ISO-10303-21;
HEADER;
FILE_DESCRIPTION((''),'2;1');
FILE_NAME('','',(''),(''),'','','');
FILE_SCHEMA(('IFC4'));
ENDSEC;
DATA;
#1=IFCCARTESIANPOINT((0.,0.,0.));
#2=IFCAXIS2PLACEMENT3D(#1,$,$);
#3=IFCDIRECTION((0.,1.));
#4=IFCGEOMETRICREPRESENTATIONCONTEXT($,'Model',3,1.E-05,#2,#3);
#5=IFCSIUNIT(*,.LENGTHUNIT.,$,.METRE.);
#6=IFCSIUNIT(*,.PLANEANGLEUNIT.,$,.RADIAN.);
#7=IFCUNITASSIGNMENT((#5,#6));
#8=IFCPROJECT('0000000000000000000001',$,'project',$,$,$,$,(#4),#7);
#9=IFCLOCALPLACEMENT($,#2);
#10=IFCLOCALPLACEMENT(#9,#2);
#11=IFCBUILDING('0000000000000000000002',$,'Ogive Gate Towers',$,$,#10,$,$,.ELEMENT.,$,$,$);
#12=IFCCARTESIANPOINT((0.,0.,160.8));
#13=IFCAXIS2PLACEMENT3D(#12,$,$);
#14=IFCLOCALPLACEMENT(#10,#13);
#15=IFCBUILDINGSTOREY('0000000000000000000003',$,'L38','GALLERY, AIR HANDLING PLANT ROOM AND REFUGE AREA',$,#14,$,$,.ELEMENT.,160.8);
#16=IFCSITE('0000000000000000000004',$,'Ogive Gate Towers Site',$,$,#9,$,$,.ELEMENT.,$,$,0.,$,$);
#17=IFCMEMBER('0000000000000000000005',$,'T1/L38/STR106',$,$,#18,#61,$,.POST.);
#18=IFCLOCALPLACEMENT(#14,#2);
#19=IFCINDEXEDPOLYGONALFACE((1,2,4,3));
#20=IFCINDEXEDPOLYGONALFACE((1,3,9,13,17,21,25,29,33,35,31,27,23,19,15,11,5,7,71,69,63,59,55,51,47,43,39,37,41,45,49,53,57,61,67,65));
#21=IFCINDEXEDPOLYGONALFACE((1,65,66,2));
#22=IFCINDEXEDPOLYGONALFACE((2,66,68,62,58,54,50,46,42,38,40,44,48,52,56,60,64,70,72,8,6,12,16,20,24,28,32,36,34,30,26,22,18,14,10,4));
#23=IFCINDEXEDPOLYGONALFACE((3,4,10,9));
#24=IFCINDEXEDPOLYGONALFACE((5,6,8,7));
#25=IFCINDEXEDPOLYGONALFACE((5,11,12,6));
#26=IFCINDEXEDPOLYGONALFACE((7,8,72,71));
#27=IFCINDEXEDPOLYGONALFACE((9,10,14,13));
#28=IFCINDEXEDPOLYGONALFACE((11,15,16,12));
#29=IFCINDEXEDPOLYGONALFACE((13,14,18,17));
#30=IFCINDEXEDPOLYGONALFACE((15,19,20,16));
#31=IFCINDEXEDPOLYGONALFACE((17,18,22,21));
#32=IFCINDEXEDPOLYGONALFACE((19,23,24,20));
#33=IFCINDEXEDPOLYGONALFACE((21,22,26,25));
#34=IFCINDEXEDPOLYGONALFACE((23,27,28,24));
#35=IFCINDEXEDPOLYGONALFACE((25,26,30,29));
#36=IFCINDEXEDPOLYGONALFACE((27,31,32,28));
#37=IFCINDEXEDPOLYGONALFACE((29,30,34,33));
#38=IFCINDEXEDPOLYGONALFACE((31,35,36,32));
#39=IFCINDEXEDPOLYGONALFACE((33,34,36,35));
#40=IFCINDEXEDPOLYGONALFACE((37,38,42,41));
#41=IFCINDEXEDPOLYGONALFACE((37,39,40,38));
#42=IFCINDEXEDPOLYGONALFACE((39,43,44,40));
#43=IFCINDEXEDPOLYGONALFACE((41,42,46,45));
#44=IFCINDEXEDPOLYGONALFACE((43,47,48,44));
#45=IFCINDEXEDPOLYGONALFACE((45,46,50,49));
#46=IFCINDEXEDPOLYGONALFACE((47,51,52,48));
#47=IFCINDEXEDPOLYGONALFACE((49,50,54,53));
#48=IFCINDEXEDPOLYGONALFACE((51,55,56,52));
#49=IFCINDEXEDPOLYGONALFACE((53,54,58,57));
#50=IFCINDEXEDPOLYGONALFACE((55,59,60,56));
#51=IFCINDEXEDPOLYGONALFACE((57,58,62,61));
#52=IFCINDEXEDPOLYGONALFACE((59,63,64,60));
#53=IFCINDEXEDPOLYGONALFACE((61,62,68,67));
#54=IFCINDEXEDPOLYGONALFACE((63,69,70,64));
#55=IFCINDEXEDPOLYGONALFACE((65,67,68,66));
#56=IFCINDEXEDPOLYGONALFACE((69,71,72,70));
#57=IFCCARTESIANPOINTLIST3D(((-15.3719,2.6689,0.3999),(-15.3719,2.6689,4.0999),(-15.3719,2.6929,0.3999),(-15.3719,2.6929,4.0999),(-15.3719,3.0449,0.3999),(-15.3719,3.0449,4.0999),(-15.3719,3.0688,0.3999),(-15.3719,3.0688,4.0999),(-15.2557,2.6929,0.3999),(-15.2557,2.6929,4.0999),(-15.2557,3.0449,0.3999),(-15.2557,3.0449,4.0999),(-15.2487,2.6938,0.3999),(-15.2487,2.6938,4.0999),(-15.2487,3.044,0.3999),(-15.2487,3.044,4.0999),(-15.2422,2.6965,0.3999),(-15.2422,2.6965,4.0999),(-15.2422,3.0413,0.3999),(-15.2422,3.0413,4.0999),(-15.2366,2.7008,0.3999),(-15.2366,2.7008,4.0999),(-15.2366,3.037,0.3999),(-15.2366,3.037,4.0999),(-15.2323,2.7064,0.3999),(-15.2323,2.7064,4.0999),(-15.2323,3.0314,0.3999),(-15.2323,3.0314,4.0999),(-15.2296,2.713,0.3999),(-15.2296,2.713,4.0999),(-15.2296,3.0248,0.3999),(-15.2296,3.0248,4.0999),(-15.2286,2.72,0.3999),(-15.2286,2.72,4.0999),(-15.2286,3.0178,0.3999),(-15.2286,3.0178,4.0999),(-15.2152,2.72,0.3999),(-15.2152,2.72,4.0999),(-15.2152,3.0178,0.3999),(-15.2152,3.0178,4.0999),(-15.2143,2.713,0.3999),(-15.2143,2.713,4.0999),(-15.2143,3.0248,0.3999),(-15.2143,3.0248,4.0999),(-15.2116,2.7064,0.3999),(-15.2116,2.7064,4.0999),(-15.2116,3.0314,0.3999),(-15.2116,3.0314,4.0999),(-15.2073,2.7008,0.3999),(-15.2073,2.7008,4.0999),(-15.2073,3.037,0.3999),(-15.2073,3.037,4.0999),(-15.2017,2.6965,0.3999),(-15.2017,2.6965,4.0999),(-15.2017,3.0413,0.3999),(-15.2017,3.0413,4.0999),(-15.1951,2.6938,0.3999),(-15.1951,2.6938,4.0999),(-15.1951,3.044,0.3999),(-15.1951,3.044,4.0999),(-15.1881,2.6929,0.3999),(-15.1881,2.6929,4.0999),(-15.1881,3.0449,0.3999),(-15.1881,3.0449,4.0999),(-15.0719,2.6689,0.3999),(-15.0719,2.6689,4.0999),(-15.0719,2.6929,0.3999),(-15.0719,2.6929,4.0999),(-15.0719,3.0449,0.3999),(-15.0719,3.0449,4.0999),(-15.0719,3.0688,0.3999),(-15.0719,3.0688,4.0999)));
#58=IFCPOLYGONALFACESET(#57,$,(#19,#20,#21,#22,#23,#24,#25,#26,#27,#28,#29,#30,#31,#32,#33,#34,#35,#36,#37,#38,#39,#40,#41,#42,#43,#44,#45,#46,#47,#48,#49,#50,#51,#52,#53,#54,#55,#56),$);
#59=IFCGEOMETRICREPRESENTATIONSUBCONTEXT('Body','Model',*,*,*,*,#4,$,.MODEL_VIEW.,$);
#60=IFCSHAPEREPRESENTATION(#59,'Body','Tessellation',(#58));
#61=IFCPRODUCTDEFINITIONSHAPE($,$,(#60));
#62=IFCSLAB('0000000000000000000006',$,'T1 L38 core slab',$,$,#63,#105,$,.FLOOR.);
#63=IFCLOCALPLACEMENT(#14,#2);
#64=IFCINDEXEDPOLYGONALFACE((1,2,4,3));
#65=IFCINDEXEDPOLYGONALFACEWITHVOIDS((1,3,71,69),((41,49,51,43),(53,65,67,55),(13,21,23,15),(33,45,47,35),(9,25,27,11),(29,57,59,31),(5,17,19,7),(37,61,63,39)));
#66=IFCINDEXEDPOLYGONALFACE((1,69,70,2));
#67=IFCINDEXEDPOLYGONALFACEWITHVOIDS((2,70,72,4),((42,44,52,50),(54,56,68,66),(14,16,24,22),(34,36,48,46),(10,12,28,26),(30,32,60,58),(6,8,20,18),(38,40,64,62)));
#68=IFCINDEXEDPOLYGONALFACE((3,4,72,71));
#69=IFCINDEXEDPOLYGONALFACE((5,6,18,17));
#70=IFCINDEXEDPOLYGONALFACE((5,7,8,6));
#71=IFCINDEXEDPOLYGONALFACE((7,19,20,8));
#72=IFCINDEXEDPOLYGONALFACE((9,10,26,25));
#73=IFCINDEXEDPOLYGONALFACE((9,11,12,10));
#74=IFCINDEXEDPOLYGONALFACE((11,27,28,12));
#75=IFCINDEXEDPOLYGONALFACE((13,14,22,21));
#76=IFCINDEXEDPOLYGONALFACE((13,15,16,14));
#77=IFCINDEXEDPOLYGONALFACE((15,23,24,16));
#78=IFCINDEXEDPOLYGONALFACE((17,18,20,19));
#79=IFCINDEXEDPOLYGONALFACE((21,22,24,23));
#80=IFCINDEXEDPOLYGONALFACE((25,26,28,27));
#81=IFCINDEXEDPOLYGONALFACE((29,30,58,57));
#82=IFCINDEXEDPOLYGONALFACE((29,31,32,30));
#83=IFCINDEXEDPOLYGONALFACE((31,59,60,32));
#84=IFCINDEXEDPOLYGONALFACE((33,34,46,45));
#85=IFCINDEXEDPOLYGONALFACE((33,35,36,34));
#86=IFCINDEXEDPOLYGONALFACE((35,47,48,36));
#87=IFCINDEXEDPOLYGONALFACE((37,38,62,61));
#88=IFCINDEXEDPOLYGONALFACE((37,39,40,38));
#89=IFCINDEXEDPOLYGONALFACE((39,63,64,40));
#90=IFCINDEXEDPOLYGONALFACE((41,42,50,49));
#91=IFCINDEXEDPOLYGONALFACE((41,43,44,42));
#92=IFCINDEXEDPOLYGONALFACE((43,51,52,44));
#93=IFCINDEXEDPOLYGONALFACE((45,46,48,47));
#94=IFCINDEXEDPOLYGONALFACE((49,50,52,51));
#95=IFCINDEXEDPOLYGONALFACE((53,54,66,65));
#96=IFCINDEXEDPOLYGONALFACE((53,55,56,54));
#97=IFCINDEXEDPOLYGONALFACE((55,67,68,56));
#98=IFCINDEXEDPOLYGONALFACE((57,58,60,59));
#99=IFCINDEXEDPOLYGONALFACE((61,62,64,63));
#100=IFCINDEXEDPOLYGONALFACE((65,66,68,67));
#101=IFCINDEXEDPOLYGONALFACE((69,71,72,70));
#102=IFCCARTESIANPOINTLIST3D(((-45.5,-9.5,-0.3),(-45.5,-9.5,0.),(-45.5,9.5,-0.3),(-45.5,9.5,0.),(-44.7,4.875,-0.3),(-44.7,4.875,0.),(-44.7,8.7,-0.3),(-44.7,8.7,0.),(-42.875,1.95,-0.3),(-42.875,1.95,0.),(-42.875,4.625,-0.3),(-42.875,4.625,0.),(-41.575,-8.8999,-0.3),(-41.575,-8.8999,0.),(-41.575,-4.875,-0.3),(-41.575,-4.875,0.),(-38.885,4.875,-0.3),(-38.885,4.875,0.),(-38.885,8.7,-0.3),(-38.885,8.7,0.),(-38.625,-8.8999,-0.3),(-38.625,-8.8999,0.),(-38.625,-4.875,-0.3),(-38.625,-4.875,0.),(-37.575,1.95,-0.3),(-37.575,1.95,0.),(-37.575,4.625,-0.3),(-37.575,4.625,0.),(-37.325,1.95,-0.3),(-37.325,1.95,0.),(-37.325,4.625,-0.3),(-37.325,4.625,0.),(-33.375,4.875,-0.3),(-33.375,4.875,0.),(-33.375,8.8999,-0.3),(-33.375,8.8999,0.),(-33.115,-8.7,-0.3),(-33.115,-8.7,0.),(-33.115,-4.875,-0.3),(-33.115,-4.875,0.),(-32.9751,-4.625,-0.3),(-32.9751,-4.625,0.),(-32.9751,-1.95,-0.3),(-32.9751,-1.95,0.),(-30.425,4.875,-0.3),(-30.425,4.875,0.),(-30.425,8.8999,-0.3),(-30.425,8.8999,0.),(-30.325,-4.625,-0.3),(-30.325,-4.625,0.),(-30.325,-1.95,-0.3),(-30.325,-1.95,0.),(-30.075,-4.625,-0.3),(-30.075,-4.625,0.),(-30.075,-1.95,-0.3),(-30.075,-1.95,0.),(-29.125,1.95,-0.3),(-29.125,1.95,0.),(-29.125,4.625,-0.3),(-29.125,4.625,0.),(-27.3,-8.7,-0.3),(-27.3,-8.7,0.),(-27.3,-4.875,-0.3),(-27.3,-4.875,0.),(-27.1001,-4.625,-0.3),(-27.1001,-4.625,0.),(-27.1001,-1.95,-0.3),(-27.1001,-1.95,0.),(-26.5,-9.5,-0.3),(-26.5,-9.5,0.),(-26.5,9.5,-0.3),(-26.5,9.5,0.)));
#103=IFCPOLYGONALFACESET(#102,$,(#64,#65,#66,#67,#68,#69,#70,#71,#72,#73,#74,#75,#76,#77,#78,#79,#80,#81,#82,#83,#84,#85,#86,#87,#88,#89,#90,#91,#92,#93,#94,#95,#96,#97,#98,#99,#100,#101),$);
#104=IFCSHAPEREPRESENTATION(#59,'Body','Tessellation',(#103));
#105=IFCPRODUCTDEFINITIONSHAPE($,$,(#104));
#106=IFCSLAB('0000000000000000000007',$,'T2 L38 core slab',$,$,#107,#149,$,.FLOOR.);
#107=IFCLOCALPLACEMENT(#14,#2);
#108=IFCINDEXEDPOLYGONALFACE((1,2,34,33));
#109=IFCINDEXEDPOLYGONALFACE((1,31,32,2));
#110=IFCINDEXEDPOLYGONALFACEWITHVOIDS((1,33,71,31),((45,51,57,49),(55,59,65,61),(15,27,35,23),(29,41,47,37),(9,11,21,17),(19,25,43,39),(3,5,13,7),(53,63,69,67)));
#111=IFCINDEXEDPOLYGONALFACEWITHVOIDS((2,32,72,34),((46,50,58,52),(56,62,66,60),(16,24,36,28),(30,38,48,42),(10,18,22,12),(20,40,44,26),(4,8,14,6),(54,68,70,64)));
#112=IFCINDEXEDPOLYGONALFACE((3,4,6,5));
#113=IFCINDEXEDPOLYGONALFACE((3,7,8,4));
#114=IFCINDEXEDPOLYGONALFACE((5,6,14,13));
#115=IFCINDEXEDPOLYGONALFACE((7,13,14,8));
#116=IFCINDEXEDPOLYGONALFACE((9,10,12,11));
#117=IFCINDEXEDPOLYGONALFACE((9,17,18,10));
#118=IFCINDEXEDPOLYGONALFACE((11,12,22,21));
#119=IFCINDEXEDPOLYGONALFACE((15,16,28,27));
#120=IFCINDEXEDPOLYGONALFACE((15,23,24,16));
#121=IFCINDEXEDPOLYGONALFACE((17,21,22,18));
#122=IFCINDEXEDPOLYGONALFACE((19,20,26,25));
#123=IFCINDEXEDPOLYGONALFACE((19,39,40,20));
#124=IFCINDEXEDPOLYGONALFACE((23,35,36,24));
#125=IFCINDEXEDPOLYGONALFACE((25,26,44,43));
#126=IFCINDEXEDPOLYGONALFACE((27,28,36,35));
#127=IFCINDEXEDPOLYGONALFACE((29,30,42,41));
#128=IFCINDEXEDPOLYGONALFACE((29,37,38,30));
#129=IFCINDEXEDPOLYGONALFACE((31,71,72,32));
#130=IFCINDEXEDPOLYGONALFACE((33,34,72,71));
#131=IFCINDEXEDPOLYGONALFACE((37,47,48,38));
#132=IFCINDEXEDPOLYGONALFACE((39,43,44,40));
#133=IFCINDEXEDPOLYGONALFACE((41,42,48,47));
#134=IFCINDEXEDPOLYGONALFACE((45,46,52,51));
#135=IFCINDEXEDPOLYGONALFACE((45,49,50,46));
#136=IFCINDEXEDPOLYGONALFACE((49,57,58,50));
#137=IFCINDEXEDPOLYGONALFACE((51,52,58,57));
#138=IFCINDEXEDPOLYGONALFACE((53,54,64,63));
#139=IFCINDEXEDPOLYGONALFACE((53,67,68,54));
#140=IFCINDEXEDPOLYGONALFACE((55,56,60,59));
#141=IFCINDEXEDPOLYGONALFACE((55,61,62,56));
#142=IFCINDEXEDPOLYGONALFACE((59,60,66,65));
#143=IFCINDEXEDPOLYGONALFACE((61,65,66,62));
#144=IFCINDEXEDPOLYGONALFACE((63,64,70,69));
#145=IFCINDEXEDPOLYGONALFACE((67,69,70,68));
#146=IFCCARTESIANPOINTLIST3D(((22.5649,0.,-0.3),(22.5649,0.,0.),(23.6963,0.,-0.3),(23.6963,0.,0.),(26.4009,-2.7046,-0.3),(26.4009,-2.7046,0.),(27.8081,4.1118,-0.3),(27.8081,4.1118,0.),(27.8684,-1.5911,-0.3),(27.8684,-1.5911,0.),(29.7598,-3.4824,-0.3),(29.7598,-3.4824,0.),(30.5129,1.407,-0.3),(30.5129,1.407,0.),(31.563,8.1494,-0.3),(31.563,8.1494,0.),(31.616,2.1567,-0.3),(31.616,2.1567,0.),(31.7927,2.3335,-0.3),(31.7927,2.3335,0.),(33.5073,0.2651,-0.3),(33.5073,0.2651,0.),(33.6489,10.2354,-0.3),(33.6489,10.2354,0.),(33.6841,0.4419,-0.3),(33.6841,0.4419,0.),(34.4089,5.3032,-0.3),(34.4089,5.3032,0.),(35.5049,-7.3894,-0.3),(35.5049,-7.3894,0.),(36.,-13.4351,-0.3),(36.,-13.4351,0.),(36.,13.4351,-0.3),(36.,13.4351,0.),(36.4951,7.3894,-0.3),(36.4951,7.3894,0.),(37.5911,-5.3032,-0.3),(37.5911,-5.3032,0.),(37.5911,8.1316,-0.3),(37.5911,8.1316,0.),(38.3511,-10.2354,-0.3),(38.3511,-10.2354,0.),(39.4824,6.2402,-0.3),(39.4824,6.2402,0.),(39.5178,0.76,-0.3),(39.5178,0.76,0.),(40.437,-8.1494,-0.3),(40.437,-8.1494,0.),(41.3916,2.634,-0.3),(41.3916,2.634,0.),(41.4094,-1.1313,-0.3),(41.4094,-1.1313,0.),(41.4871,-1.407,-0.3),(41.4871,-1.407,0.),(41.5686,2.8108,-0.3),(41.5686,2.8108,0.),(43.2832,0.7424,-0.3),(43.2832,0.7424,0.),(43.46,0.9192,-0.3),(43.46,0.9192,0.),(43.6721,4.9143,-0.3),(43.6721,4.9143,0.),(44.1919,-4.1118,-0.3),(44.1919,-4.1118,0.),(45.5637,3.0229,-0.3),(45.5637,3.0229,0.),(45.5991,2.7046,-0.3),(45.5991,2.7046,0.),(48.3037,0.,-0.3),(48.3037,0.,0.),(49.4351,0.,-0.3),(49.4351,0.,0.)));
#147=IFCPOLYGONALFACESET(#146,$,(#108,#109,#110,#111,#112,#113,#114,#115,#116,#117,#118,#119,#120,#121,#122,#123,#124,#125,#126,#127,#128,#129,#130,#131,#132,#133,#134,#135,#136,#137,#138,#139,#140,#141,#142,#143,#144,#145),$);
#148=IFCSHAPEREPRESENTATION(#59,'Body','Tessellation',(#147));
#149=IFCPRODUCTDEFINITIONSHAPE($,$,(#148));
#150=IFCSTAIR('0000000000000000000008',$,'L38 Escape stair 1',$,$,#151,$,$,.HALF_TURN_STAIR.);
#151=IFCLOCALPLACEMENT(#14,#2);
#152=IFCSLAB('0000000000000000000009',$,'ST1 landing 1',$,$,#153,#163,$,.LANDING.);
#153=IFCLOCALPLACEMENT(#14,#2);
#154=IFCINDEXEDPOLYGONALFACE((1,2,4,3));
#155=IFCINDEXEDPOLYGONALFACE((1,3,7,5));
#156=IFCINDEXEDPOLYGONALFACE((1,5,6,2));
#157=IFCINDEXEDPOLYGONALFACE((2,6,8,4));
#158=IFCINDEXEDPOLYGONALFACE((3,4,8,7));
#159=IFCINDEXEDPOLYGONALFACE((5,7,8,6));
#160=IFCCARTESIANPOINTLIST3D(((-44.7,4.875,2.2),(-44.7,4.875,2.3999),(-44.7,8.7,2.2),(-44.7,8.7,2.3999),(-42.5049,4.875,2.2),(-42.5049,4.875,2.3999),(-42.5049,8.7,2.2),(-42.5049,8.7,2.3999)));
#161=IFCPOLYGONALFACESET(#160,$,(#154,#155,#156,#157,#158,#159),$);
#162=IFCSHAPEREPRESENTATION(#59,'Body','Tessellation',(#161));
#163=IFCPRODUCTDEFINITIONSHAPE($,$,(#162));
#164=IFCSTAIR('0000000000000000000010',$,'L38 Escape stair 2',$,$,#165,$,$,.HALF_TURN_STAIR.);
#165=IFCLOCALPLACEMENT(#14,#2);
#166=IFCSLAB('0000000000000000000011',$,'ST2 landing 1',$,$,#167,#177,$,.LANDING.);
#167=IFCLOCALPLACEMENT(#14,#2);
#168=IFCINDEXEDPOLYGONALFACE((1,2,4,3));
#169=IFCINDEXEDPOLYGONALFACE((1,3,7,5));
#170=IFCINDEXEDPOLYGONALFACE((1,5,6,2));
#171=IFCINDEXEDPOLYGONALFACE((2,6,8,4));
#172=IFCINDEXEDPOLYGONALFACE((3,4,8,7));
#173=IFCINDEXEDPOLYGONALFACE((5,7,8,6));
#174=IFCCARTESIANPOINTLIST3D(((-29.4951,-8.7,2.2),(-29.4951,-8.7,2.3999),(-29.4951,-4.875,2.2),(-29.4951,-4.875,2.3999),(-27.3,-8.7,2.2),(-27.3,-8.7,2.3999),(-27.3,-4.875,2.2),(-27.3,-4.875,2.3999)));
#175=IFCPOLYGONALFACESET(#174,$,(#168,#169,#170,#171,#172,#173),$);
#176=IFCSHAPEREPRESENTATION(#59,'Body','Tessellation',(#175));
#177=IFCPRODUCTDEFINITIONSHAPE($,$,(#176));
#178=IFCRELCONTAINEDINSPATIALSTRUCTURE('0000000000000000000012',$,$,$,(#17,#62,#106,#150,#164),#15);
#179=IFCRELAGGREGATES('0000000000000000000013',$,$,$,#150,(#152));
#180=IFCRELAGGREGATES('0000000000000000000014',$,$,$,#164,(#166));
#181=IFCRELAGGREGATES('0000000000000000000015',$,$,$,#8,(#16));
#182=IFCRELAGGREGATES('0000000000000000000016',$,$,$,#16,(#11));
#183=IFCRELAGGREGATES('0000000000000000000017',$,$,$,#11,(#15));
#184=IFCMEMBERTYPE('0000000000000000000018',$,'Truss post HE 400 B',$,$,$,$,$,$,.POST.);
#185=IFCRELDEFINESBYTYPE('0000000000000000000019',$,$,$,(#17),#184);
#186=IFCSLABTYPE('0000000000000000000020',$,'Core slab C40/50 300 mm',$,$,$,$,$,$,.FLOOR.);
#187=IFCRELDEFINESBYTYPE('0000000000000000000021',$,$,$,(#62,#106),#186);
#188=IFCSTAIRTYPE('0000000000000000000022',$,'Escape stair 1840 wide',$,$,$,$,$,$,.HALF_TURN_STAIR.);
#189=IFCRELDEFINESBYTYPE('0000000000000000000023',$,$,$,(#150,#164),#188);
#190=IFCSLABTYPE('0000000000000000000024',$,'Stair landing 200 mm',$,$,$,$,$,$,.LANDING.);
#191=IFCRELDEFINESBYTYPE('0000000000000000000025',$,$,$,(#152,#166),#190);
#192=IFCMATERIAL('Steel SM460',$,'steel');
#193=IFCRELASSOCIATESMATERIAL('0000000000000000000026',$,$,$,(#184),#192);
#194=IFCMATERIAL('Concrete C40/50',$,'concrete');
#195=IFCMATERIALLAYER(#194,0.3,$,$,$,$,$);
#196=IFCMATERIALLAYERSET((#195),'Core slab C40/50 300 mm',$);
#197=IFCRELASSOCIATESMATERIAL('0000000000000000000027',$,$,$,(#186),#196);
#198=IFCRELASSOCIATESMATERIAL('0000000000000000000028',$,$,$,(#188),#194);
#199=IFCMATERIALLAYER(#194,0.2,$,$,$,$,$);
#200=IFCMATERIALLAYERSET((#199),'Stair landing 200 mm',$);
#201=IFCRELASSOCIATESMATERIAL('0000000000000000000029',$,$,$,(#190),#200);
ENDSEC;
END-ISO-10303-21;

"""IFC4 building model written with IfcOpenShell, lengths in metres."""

from ifc_helpers import new_model, si_unit, direction, frame, origin, origin_2d, place, context, subcontext, project, spatial, polyline, i_section, outline, extrude, material, layer, layer_set, material_profile, profile_set, type_object, element, aggregate, save


model = new_model("IFC4")

# Units and contexts
model_context = context("Model", 3, precision=1e-05, world=origin(), true_north=direction((0.0, 1.0)))
body_context = subcontext(model_context, "Body", "Model", "MODEL_VIEW")
ifc_project = project(units=[si_unit("LENGTHUNIT", "METRE"), si_unit("PLANEANGLEUNIT", "RADIAN")], contexts=[model_context])

# Site, building, storey
site_placement = place(None, origin())
site = spatial("IfcSite", under=ifc_project, at=site_placement, Name="Ogive Gate Towers Site", CompositionType="ELEMENT", RefElevation=0.0)
building_placement = place(site_placement, origin())
building = spatial("IfcBuilding", under=site, at=building_placement, Name="Ogive Gate Towers", CompositionType="ELEMENT")
storey_placement = place(building_placement, frame((0.0, 0.0, 160.8)))
storey = spatial("IfcBuildingStorey", under=building, at=storey_placement, Name="L38", Description="GALLERY, AIR HANDLING PLANT ROOM AND REFUGE AREA", CompositionType="ELEMENT", Elevation=160.8)

# Shared definitions
ifc_material_1 = material(Name="Steel SM460", Category="steel")

# Member
ifc_material_profile_1 = material_profile(ifc_material_1, i_section(OverallWidth=0.3, OverallDepth=0.3999, WebThickness=0.0134, FlangeThickness=0.0239, FilletRadius=0.0271, at=origin_2d()), Name="HE 400 B")
ifc_profile_set_1 = profile_set([ifc_material_profile_1], Name="Steel SM460")
member_type_1 = type_object("IfcMemberType", Name="Truss post HE 400 B", PredefinedType="POST", material=ifc_profile_set_1)
member_1_placement = place(storey_placement, frame((-15.2219, 2.8689, 0.3999), z_axis=(0.0, 0.0, 1.0), x_axis=(1.0, 0.0, 0.0)))
element("IfcMember", 1, at=member_1_placement, inside=storey, type_object=member_type_1, Name="T1/L38/STR106", PredefinedType="POST", context=body_context, shape_type="SweptSolid", body=[
    extrude(i_section(OverallWidth=0.3, OverallDepth=0.3999, WebThickness=0.0134, FlangeThickness=0.0239, FilletRadius=0.0271, at=origin_2d()), origin(), (0.0, 0.0, 1.0), 3.7),
])

# Slabs
ifc_material_2 = material(Name="Concrete C40/50", Category="concrete")
ifc_layer_1 = layer(ifc_material_2, 0.3)
ifc_layer_set_1 = layer_set([ifc_layer_1], Name="Core slab C40/50 300 mm")
slab_type_1 = type_object("IfcSlabType", Name="Core slab C40/50 300 mm", PredefinedType="FLOOR", material=ifc_layer_set_1)
slab_1_placement = place(storey_placement, frame((0.0, 0.0, -0.3)))
element("IfcSlab", 2, at=slab_1_placement, inside=storey, type_object=slab_type_1, Name="T1 L38 core slab", PredefinedType="FLOOR", context=body_context, shape_type="SweptSolid", body=[
    extrude(outline(polyline([(-45.5, -9.5), (-45.5, 9.5), (-26.5, 9.5), (-26.5, -9.5), (-45.5, -9.5)]), holes=[polyline([(-42.875, 1.95), (-37.575, 1.95), (-37.575, 4.625), (-42.875, 4.625), (-42.875, 1.95)]), polyline([(-37.325, 4.625), (-37.325, 1.95), (-29.125, 1.95), (-29.125, 4.625), (-37.325, 4.625)]), polyline([(-30.325, -1.95), (-32.9751, -1.95), (-32.9751, -4.625), (-30.325, -4.625), (-30.325, -1.95)]), polyline([(-27.1001, -4.625), (-27.1001, -1.95), (-30.075, -1.95), (-30.075, -4.625), (-27.1001, -4.625)]), polyline([(-33.375, 4.875), (-30.425, 4.875), (-30.425, 8.8999), (-33.375, 8.8999), (-33.375, 4.875)]), polyline([(-41.575, -4.875), (-41.575, -8.8999), (-38.625, -8.8999), (-38.625, -4.875), (-41.575, -4.875)]), polyline([(-44.7, 4.875), (-38.885, 4.875), (-38.885, 8.7), (-44.7, 8.7), (-44.7, 4.875)]), polyline([(-27.3, -8.7), (-27.3, -4.875), (-33.115, -4.875), (-33.115, -8.7), (-27.3, -8.7)])]), origin(), (0.0, 0.0, 1.0), 0.3),
])
slab_2_placement = place(storey_placement, frame((0.0, 0.0, -0.3)))
element("IfcSlab", 3, at=slab_2_placement, inside=storey, type_object=slab_type_1, Name="T2 L38 core slab", PredefinedType="FLOOR", context=body_context, shape_type="SweptSolid", body=[
    extrude(outline(polyline([(36.0, -13.4351), (22.5649, 0.0), (36.0, 13.4351), (49.4351, 0.0), (36.0, -13.4351)]), holes=[polyline([(29.7598, -3.4824), (33.5073, 0.2651), (31.616, 2.1567), (27.8684, -1.5911), (29.7598, -3.4824)]), polyline([(31.7927, 2.3335), (33.6841, 0.4419), (39.4824, 6.2402), (37.5911, 8.1316), (31.7927, 2.3335)]), polyline([(41.3916, 2.634), (39.5178, 0.76), (41.4094, -1.1313), (43.2832, 0.7424), (41.3916, 2.634)]), polyline([(45.5637, 3.0229), (43.6721, 4.9143), (41.5686, 2.8108), (43.46, 0.9192), (45.5637, 3.0229)]), polyline([(34.4089, 5.3032), (36.4951, 7.3894), (33.6489, 10.2354), (31.563, 8.1494), (34.4089, 5.3032)]), polyline([(35.5049, -7.3894), (38.3511, -10.2354), (40.437, -8.1494), (37.5911, -5.3032), (35.5049, -7.3894)]), polyline([(26.4009, -2.7046), (30.5129, 1.407), (27.8081, 4.1118), (23.6963, 0.0), (26.4009, -2.7046)]), polyline([(48.3037, 0.0), (45.5991, 2.7046), (41.4871, -1.407), (44.1919, -4.1118), (48.3037, 0.0)])]), origin(), (0.0, 0.0, 1.0), 0.3),
])

# Stairs, slabs
stair_type = type_object("IfcStairType", Name="Escape stair 1840 wide", PredefinedType="HALF_TURN_STAIR", material=ifc_material_2)
stair_1_placement = place(storey_placement, origin())
stair_1 = element("IfcStair", 4, at=stair_1_placement, inside=storey, type_object=stair_type, Name="L38 Escape stair 1", PredefinedType="HALF_TURN_STAIR")
ifc_layer_2 = layer(ifc_material_2, 0.2)
ifc_layer_set_2 = layer_set([ifc_layer_2], Name="Stair landing 200 mm")
slab_type_2 = type_object("IfcSlabType", Name="Stair landing 200 mm", PredefinedType="LANDING", material=ifc_layer_set_2)
slab_3_placement = place(storey_placement, frame((0.0, 0.0, 2.2)))
slab_3 = element("IfcSlab", 5, at=slab_3_placement, type_object=slab_type_2, Name="ST1 landing 1", PredefinedType="LANDING", context=body_context, shape_type="SweptSolid", body=[
    extrude(outline(polyline([(-42.5049, 8.7), (-44.7, 8.7), (-44.7, 4.875), (-42.5049, 4.875), (-42.5049, 8.7)])), origin(), (0.0, 0.0, 1.0), 0.2),
])
aggregate(stair_1, [slab_3])
stair_2_placement = place(storey_placement, origin())
stair_2 = element("IfcStair", 6, at=stair_2_placement, inside=storey, type_object=stair_type, Name="L38 Escape stair 2", PredefinedType="HALF_TURN_STAIR")
slab_4_placement = place(storey_placement, frame((0.0, 0.0, 2.2)))
slab_4 = element("IfcSlab", 7, at=slab_4_placement, type_object=slab_type_2, Name="ST2 landing 1", PredefinedType="LANDING", context=body_context, shape_type="SweptSolid", body=[
    extrude(outline(polyline([(-29.4951, -8.7), (-27.3, -8.7), (-27.3, -4.875), (-29.4951, -4.875), (-29.4951, -8.7)])), origin(), (0.0, 0.0, 1.0), 0.2),
])
aggregate(stair_2, [slab_4])

save(model, "model.ifc")
